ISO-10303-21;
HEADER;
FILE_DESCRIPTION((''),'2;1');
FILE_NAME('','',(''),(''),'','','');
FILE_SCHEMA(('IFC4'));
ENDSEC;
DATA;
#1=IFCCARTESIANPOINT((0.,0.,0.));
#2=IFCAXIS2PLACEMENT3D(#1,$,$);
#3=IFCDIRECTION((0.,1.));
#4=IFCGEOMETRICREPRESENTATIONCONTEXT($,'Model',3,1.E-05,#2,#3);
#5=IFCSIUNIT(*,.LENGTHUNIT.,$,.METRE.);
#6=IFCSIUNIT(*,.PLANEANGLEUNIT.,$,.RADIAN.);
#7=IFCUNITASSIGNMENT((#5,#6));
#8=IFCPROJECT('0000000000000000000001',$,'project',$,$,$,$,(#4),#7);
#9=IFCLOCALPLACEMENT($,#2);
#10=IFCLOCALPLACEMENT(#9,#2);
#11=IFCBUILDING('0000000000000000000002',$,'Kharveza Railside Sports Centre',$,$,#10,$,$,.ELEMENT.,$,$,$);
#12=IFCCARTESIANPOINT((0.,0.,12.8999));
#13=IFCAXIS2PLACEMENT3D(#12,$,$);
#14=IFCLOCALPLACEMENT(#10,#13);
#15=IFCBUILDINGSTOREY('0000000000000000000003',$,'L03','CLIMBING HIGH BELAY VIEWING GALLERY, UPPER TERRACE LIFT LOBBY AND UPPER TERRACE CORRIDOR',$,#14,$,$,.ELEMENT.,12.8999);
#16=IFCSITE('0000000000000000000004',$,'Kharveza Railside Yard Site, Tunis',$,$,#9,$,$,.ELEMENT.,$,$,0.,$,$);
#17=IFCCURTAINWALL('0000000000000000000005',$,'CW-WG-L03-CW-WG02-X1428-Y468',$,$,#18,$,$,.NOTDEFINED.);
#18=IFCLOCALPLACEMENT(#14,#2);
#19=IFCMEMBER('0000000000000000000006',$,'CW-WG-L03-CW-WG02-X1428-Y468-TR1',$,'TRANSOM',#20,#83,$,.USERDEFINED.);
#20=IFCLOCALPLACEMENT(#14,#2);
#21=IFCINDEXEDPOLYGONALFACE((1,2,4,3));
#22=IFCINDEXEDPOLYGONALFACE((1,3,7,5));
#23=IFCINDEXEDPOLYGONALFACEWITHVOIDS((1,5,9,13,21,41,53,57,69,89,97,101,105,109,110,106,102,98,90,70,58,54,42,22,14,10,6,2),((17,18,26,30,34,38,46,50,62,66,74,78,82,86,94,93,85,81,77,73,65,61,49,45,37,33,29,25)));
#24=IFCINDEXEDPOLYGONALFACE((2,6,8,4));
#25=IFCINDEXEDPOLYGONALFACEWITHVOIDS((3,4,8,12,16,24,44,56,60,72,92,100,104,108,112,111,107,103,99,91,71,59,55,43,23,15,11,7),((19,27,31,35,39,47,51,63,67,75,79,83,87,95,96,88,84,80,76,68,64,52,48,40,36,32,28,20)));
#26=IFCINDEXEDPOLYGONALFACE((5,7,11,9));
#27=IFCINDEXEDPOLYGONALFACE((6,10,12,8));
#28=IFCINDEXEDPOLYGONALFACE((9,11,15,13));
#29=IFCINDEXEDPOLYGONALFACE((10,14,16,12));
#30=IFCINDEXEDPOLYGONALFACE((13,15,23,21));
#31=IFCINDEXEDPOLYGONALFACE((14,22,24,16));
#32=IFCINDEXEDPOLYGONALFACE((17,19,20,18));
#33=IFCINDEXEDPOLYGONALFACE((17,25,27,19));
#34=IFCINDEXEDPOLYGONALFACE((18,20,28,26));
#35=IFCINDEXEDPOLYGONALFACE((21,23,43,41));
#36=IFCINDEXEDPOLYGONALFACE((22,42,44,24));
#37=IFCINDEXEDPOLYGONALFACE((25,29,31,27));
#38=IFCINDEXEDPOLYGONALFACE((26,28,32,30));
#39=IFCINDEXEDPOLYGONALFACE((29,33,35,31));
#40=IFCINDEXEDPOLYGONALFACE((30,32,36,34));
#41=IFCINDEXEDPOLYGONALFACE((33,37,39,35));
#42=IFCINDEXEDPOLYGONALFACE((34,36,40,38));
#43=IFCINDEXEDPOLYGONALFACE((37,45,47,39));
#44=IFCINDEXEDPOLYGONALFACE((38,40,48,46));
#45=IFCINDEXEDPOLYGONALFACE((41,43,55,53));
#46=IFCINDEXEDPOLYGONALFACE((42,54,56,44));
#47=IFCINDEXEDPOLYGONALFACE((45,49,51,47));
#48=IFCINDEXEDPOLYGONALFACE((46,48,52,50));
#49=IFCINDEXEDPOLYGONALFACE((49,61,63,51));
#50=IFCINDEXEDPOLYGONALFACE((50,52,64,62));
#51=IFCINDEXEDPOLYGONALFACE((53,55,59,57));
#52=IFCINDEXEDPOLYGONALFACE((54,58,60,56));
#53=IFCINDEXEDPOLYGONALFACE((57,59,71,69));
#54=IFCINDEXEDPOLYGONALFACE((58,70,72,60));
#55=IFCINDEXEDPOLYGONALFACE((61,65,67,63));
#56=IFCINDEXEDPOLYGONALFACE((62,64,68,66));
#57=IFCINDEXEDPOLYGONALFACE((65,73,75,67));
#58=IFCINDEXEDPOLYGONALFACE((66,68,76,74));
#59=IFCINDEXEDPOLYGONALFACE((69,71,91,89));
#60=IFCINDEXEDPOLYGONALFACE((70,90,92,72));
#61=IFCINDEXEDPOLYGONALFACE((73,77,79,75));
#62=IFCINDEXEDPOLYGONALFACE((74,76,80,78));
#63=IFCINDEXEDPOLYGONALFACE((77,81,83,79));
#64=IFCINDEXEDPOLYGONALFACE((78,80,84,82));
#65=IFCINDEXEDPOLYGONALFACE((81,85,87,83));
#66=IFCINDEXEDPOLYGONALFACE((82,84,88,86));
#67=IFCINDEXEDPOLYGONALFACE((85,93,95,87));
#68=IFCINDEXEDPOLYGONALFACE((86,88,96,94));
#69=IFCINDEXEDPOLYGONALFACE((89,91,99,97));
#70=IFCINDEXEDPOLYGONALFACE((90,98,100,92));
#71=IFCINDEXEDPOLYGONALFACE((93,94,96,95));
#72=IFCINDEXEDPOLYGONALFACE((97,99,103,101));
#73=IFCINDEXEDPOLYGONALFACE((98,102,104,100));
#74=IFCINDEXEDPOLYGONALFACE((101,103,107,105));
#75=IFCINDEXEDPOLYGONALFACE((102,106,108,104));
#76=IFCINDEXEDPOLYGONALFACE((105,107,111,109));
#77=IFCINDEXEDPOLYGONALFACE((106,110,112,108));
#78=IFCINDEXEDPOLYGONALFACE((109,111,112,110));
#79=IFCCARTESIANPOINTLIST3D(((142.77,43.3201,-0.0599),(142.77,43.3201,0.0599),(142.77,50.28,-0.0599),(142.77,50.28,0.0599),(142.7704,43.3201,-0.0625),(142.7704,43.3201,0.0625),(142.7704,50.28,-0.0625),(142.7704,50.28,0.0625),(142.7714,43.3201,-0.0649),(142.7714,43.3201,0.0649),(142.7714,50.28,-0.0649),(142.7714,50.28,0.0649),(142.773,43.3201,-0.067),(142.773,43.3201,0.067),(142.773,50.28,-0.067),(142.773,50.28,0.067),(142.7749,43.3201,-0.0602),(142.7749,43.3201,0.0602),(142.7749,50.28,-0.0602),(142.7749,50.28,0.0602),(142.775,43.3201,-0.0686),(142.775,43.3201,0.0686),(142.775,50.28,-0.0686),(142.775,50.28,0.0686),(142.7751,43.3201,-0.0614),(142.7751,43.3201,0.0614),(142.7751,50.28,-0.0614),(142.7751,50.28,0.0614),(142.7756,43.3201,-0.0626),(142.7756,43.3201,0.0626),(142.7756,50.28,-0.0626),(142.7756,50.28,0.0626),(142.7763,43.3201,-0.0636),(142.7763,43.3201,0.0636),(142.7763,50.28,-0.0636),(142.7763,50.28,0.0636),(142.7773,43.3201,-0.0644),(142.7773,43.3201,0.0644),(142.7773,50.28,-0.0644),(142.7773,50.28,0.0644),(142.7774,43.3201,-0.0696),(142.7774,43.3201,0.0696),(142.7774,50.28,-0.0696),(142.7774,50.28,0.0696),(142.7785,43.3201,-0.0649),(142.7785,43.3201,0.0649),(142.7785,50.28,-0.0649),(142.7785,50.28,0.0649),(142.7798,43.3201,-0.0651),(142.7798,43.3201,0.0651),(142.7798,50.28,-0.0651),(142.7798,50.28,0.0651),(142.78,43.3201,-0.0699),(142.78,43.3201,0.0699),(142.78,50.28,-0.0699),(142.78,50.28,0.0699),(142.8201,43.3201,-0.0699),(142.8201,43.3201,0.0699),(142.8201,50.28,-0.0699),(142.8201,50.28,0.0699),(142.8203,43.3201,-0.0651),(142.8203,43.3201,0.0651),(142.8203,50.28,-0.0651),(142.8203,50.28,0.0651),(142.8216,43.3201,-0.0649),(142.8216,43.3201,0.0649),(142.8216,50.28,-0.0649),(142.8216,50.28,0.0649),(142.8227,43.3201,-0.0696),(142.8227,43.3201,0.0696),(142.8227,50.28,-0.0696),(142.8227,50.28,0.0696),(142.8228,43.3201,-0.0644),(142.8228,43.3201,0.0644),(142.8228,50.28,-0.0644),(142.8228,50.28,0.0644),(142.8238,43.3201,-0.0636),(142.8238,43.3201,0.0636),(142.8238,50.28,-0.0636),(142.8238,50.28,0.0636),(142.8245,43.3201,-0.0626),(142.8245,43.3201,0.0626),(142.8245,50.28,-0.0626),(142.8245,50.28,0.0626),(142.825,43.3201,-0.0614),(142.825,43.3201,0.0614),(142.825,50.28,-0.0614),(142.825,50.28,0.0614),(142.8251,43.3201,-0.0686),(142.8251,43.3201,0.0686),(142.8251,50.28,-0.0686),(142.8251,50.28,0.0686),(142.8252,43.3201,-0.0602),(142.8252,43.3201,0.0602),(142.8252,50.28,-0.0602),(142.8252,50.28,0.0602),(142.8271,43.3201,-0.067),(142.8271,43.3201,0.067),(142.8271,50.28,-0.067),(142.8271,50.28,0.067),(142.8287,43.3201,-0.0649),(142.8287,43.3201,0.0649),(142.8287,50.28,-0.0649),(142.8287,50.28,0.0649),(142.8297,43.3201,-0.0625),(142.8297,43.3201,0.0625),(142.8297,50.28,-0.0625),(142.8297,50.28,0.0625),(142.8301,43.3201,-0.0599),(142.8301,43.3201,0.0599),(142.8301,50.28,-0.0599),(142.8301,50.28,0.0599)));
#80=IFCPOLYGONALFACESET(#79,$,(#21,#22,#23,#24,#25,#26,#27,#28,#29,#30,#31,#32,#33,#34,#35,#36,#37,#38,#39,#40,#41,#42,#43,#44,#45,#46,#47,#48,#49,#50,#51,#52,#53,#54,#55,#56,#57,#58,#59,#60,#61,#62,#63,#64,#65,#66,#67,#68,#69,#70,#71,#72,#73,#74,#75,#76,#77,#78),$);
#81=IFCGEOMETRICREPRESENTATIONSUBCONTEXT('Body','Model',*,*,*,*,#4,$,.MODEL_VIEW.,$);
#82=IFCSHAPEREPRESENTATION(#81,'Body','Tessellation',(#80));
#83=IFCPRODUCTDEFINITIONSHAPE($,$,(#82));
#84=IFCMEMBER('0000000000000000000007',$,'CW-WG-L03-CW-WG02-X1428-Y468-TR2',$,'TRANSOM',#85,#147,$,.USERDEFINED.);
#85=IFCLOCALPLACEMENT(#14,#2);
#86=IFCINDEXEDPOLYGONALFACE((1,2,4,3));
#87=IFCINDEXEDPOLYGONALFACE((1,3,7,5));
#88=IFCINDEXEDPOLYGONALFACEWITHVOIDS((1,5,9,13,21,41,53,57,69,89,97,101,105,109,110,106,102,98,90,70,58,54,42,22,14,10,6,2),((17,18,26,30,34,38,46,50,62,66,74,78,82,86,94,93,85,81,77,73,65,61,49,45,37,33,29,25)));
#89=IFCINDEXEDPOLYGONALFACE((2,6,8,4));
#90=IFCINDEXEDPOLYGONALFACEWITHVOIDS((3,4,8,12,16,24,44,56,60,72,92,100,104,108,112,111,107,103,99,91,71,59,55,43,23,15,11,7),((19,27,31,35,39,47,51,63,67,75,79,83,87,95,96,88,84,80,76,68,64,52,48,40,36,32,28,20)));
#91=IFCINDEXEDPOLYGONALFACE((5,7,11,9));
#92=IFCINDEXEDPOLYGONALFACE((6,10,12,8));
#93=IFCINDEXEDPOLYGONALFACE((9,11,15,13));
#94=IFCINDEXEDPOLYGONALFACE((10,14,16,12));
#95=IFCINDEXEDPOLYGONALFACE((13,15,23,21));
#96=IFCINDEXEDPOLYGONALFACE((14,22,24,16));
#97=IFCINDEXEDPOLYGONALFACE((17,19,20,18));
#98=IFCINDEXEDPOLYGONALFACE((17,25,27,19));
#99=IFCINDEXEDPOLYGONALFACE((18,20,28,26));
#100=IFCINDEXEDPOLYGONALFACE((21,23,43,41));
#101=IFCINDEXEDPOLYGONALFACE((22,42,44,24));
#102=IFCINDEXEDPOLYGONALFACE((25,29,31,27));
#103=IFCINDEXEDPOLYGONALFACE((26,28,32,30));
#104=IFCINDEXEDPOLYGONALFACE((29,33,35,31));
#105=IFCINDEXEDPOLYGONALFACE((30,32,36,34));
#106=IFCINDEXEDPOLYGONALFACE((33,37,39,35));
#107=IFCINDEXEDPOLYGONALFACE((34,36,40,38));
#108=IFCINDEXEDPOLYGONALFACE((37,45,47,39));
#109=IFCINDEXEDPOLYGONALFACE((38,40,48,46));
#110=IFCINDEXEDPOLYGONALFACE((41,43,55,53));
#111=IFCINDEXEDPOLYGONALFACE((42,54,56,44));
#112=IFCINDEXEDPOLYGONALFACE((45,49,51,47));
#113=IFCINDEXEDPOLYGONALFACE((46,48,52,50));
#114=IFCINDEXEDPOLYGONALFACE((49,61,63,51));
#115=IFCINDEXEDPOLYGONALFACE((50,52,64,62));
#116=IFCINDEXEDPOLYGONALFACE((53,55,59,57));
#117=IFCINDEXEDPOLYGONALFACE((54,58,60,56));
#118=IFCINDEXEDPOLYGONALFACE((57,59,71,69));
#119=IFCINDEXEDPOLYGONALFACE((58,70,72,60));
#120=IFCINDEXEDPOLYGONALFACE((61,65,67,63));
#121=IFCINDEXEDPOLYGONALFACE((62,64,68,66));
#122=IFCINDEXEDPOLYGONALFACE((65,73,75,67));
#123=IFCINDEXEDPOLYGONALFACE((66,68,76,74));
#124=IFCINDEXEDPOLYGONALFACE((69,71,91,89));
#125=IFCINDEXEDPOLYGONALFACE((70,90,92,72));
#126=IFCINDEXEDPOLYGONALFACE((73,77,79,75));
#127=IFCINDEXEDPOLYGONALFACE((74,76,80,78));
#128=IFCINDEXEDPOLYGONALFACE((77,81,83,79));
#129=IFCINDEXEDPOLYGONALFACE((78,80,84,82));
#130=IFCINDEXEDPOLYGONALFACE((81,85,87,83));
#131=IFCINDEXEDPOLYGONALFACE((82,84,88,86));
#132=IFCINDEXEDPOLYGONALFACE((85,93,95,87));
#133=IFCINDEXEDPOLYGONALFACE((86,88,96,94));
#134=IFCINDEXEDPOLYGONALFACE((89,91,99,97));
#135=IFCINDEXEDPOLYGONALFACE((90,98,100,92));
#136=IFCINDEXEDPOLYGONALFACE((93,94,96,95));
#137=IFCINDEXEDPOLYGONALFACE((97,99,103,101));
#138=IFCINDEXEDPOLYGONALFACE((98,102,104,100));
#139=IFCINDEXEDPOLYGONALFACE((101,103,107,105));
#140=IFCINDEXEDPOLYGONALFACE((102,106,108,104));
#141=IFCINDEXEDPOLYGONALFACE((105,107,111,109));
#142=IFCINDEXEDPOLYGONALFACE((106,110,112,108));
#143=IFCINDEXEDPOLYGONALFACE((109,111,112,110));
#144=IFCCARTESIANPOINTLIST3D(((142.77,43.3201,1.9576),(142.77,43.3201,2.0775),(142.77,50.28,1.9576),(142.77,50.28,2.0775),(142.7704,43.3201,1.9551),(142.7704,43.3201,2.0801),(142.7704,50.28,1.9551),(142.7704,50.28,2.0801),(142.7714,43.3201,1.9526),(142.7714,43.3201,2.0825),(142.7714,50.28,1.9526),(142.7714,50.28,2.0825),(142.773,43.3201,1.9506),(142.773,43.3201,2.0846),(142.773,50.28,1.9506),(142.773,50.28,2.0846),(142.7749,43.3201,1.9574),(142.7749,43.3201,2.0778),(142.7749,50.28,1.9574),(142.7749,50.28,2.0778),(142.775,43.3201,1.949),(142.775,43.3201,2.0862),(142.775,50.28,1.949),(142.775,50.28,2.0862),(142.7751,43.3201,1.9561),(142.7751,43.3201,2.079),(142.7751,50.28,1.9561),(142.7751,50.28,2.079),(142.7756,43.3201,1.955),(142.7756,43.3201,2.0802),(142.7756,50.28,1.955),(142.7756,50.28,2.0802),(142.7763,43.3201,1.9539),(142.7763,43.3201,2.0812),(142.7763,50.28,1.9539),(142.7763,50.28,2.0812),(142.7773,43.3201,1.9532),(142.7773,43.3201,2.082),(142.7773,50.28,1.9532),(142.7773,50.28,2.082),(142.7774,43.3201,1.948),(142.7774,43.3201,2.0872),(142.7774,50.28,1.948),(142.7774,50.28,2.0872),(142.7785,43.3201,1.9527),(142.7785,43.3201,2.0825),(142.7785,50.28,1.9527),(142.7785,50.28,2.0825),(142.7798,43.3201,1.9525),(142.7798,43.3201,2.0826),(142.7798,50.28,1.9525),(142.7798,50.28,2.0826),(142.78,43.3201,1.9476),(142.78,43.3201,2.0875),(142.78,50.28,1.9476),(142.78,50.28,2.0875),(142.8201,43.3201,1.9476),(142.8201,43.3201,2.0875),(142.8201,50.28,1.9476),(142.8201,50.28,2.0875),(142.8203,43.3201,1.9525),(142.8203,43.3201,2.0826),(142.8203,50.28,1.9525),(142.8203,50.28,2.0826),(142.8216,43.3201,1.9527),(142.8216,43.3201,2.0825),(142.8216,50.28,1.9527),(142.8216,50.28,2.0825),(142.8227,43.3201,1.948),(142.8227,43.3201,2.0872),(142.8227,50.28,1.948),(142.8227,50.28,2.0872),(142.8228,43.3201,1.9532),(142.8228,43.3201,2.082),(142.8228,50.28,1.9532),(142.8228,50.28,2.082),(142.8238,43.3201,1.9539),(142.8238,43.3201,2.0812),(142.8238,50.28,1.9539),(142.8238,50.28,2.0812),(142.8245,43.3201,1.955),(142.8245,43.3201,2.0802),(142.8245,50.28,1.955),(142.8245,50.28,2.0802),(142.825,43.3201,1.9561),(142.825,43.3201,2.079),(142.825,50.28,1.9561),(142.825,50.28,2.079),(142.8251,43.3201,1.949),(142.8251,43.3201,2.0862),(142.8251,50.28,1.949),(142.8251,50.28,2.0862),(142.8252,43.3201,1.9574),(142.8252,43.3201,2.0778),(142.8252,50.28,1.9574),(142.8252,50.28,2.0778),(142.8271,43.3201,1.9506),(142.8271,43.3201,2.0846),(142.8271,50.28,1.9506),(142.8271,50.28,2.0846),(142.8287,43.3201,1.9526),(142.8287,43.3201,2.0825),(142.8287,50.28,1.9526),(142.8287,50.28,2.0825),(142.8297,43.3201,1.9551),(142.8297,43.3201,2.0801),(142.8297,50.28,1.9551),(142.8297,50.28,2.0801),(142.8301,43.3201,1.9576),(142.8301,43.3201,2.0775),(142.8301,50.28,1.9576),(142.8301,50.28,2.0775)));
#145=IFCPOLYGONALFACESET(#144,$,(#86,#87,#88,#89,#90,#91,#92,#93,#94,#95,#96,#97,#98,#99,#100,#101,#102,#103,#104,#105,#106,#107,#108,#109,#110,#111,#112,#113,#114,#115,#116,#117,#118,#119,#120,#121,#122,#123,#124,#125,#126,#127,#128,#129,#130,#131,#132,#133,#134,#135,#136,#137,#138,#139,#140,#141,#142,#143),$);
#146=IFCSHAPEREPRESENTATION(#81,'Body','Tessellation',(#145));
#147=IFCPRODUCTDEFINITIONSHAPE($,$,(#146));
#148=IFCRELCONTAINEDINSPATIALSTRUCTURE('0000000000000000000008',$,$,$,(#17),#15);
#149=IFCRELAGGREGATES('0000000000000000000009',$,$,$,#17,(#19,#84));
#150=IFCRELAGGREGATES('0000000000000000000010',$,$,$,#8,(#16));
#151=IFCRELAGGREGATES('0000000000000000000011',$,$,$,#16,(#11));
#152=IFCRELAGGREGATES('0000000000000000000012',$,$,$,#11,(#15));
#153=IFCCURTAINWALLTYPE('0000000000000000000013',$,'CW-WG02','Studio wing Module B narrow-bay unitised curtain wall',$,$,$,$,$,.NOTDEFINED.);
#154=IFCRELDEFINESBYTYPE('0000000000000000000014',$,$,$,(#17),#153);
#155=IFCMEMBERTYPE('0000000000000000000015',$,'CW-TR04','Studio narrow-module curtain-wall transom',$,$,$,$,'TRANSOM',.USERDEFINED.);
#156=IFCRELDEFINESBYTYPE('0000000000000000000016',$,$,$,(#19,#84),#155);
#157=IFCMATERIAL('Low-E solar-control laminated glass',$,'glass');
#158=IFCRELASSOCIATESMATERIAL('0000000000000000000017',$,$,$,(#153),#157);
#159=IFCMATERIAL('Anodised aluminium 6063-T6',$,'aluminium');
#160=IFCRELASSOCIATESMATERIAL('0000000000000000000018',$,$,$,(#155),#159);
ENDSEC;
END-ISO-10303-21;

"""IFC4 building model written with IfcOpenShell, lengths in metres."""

from ifc_helpers import new_model, si_unit, direction, frame, origin, origin_2d, place, context, subcontext, project, spatial, hollow_rectangle, extrude, material, material_profile, profile_set, type_object, element, aggregate, save


model = new_model("IFC4")

# Units and contexts
model_context = context("Model", 3, precision=1e-05, world=origin(), true_north=direction((0.0, 1.0)))
body_context = subcontext(model_context, "Body", "Model", "MODEL_VIEW")
ifc_project = project(units=[si_unit("LENGTHUNIT", "METRE"), si_unit("PLANEANGLEUNIT", "RADIAN")], contexts=[model_context])

# Site, building, storey
site_placement = place(None, origin())
site = spatial("IfcSite", under=ifc_project, at=site_placement, Name="Kharveza Railside Yard Site, Tunis", CompositionType="ELEMENT", RefElevation=0.0)
building_placement = place(site_placement, origin())
building = spatial("IfcBuilding", under=site, at=building_placement, Name="Kharveza Railside Sports Centre", CompositionType="ELEMENT")
storey_placement = place(building_placement, frame((0.0, 0.0, 12.8999)))
storey = spatial("IfcBuildingStorey", under=building, at=storey_placement, Name="L03", Description="CLIMBING HIGH BELAY VIEWING GALLERY, UPPER TERRACE LIFT LOBBY AND UPPER TERRACE CORRIDOR", CompositionType="ELEMENT", Elevation=12.8999)

# Curtain wall, members
ifc_material_1 = material(Name="Low-E solar-control laminated glass", Category="glass")
curtain_wall_type = type_object("IfcCurtainWallType", Name="CW-WG02", Description="Studio wing Module B narrow-bay unitised curtain wall", PredefinedType="NOTDEFINED", material=ifc_material_1)
curtain_wall_placement = place(storey_placement, origin())
curtain_wall = element("IfcCurtainWall", 1, at=curtain_wall_placement, inside=storey, type_object=curtain_wall_type, Name="CW-WG-L03-CW-WG02-X1428-Y468", PredefinedType="NOTDEFINED")
ifc_material_2 = material(Name="Anodised aluminium 6063-T6", Category="aluminium")
ifc_material_profile_1 = material_profile(ifc_material_2, hollow_rectangle(XDim=0.0601, YDim=0.1399, WallThickness=0.0049, InnerFilletRadius=0.0049, OuterFilletRadius=0.01, at=origin_2d()), Name="RHS 60x140x5.0")
ifc_profile_set_1 = profile_set([ifc_material_profile_1], Name="Anodised aluminium 6063-T6")
member_type_1 = type_object("IfcMemberType", Name="CW-TR04", Description="Studio narrow-module curtain-wall transom", ElementType="TRANSOM", PredefinedType="USERDEFINED", material=ifc_profile_set_1)
member_1_placement = place(storey_placement, frame((142.8, 50.28, 0.0), z_axis=(0.0, -1.0, 0.0), x_axis=(1.0, 0.0, 0.0)))
member_1 = element("IfcMember", 2, at=member_1_placement, type_object=member_type_1, Name="CW-WG-L03-CW-WG02-X1428-Y468-TR1", ObjectType="TRANSOM", PredefinedType="USERDEFINED", context=body_context, shape_type="SweptSolid", body=[
    extrude(hollow_rectangle(XDim=0.0601, YDim=0.1399, WallThickness=0.0049, InnerFilletRadius=0.0049, OuterFilletRadius=0.01, at=origin_2d()), origin(), (0.0, 0.0, 1.0), 6.96),
])
member_2_placement = place(storey_placement, frame((142.8, 50.28, 2.0176), z_axis=(0.0, -1.0, 0.0), x_axis=(1.0, 0.0, 0.0)))
member_2 = element("IfcMember", 3, at=member_2_placement, type_object=member_type_1, Name="CW-WG-L03-CW-WG02-X1428-Y468-TR2", ObjectType="TRANSOM", PredefinedType="USERDEFINED", context=body_context, shape_type="SweptSolid", body=[
    extrude(hollow_rectangle(XDim=0.0601, YDim=0.1399, WallThickness=0.0049, InnerFilletRadius=0.0049, OuterFilletRadius=0.01, at=origin_2d()), origin(), (0.0, 0.0, 1.0), 6.96),
])
aggregate(curtain_wall, [member_1, member_2])

save(model, "model.ifc")
